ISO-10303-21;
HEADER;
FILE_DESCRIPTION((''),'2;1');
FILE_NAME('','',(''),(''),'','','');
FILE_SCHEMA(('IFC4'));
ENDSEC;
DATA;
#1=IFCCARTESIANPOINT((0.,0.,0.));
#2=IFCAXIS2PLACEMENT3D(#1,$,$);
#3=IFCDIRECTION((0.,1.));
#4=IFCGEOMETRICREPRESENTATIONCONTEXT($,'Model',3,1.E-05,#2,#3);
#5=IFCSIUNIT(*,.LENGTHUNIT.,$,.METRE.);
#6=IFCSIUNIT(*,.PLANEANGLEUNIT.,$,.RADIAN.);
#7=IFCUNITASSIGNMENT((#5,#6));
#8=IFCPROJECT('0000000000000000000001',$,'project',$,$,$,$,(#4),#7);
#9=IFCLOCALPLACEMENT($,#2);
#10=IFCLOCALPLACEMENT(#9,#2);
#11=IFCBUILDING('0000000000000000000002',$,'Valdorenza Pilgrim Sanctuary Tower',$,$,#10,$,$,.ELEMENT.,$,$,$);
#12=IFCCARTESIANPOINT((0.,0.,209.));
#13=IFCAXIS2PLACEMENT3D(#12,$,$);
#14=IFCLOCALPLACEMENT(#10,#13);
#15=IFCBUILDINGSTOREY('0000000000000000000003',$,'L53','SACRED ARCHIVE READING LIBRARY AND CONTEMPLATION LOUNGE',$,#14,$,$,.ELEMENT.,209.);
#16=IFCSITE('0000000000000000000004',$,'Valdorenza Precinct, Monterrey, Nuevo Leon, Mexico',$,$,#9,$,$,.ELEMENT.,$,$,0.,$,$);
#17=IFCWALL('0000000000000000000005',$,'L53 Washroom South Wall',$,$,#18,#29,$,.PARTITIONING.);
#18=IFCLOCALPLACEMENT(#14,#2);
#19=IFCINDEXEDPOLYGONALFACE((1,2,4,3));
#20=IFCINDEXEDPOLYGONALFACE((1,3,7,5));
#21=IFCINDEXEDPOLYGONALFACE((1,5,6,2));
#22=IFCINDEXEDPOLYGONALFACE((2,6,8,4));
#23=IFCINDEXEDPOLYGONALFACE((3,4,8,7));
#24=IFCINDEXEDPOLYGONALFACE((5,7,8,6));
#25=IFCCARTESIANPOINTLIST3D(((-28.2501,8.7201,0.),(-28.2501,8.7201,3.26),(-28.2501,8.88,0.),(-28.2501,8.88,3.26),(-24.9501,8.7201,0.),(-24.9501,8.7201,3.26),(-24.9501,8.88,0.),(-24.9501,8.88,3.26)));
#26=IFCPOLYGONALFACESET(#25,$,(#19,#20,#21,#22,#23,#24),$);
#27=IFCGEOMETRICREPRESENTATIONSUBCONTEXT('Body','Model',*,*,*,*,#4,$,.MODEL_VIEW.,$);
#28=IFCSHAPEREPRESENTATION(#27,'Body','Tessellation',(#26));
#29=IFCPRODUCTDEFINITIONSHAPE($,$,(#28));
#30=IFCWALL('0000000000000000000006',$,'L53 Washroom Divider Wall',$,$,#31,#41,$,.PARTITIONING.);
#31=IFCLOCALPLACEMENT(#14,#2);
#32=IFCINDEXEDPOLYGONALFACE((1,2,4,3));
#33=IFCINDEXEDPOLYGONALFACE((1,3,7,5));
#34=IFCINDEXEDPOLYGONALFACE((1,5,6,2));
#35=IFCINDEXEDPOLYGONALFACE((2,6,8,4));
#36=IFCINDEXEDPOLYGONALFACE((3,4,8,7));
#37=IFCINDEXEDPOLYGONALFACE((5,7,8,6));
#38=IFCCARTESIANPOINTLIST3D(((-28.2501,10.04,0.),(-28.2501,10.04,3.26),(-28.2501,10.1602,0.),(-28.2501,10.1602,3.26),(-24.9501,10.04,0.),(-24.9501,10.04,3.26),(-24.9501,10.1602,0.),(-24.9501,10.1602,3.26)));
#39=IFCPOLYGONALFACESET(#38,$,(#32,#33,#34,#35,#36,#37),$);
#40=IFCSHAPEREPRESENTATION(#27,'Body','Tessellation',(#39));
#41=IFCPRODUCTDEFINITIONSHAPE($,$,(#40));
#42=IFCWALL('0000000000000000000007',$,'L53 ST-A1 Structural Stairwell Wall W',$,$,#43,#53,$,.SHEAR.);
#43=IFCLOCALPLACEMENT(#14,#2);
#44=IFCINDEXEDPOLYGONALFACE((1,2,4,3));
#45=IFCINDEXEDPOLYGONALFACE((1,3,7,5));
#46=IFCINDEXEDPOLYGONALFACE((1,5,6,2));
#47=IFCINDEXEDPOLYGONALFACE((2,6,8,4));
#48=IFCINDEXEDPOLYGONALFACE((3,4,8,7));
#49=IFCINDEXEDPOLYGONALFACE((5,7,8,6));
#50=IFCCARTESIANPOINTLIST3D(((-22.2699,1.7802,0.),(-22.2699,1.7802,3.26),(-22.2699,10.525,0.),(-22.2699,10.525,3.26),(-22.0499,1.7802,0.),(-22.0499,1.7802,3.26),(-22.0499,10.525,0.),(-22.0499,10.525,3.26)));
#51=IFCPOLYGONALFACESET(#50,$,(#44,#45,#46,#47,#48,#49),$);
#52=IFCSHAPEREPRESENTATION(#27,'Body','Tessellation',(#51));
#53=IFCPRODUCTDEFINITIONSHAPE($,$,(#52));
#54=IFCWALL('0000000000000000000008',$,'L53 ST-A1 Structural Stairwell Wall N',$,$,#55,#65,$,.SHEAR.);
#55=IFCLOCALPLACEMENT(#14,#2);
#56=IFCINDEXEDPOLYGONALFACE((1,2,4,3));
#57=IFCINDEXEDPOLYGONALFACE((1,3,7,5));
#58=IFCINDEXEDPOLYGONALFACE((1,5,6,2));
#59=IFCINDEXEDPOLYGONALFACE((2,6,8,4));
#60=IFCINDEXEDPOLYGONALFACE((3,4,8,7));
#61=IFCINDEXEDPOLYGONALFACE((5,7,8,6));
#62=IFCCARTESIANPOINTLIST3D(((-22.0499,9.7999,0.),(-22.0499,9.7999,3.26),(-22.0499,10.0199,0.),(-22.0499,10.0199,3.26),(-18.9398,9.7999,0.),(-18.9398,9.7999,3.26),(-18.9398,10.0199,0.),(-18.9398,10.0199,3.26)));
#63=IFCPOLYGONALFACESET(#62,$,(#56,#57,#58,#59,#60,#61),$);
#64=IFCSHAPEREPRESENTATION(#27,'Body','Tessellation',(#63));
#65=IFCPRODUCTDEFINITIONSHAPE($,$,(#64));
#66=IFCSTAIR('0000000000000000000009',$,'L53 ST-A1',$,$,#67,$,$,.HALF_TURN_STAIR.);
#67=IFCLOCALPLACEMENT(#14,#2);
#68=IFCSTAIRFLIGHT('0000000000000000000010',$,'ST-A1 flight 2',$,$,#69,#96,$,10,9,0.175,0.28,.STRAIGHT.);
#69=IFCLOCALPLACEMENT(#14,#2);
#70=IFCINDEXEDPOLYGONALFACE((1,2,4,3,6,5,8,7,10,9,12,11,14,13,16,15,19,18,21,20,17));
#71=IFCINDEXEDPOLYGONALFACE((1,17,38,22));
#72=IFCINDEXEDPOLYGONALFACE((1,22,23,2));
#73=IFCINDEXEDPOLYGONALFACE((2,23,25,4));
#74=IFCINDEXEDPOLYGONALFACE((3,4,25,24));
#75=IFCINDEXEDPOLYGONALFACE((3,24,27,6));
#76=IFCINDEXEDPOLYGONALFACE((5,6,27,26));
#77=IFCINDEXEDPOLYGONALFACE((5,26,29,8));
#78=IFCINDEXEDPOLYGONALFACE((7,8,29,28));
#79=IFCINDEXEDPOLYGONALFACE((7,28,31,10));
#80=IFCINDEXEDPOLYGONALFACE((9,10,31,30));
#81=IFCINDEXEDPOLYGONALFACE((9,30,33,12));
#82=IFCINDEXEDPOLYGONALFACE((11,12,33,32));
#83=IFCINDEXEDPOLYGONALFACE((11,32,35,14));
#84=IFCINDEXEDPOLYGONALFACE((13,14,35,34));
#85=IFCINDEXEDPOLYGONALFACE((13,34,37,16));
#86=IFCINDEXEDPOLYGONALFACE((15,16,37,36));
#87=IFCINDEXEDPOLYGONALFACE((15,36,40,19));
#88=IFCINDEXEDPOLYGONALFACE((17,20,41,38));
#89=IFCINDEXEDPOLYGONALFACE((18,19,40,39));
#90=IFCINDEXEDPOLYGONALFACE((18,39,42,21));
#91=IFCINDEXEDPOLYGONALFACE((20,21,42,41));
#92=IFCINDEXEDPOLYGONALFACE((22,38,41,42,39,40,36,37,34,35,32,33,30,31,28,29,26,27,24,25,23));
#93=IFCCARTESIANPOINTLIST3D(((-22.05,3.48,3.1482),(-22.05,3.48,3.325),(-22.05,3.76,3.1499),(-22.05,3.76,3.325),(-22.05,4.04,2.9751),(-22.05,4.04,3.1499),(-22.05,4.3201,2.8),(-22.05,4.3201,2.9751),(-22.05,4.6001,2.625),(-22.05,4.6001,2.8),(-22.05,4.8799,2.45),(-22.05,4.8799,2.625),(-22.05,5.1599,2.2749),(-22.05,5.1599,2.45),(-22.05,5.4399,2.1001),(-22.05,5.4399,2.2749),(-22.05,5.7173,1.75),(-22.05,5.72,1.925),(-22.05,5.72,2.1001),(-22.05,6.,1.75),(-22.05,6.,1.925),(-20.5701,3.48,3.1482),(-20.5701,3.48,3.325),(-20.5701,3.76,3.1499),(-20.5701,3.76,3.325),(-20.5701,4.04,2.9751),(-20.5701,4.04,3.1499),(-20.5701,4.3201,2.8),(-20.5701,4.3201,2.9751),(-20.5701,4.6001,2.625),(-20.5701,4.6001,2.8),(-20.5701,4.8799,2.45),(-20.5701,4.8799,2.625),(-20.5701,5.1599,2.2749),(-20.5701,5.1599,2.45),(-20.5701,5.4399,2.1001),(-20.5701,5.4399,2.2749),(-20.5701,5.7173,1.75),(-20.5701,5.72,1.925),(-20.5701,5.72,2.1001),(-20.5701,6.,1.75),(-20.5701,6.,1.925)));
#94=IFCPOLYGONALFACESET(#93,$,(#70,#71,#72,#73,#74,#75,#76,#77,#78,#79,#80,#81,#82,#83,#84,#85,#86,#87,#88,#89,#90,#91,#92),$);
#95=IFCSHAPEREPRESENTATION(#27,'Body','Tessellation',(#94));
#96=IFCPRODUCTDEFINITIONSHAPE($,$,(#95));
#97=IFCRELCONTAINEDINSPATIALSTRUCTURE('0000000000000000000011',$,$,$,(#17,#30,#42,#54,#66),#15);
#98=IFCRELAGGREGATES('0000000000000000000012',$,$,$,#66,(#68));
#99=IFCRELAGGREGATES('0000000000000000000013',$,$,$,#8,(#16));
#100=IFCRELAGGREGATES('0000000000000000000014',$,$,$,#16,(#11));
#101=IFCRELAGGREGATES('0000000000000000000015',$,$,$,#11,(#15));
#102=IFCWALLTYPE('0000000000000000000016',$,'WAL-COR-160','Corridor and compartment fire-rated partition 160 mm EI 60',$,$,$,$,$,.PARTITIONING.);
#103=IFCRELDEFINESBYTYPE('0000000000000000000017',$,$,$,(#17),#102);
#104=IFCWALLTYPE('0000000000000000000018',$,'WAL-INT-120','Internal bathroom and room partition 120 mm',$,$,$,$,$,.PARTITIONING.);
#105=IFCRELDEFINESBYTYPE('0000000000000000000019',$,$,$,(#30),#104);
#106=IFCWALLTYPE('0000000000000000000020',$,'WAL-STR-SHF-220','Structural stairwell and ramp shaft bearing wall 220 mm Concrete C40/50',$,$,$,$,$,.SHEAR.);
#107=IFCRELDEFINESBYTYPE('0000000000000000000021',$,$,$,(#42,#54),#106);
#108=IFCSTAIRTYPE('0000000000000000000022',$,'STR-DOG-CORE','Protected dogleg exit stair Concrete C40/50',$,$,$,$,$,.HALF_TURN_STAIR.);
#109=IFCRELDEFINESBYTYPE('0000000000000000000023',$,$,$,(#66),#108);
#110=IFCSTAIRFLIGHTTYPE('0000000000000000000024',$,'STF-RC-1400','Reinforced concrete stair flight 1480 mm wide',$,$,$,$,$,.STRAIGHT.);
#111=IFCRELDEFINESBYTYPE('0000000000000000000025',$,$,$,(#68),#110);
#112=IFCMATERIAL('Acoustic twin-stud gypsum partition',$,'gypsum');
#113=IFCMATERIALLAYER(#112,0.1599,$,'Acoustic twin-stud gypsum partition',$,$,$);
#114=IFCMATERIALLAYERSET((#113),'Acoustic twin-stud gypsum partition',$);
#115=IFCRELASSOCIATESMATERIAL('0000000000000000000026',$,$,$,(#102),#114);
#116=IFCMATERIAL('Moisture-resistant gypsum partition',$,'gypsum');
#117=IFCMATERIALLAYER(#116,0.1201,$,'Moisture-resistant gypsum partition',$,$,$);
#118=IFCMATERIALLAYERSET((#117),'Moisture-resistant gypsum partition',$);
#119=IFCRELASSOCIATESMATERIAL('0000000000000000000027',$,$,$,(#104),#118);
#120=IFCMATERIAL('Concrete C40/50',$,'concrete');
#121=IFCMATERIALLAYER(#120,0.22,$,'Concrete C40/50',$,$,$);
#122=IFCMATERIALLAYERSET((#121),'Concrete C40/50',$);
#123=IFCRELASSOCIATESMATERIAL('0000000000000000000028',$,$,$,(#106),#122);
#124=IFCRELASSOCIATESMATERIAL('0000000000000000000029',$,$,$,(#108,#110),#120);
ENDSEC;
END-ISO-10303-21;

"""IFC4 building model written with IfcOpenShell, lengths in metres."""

from ifc_helpers import new_model, si_unit, direction, frame, frame_2d, origin, place, context, subcontext, project, spatial, polyline, rectangle, outline, extrude, material, layer, layer_set, type_object, element, aggregate, save


model = new_model("IFC4")

# Units and contexts
model_context = context("Model", 3, precision=1e-05, world=origin(), true_north=direction((0.0, 1.0)))
body_context = subcontext(model_context, "Body", "Model", "MODEL_VIEW")
ifc_project = project(units=[si_unit("LENGTHUNIT", "METRE"), si_unit("PLANEANGLEUNIT", "RADIAN")], contexts=[model_context])

# Site, building, storey
site_placement = place(None, origin())
site = spatial("IfcSite", under=ifc_project, at=site_placement, Name="Valdorenza Precinct, Monterrey, Nuevo Leon, Mexico", CompositionType="ELEMENT", RefElevation=0.0)
building_placement = place(site_placement, origin())
building = spatial("IfcBuilding", under=site, at=building_placement, Name="Valdorenza Pilgrim Sanctuary Tower", CompositionType="ELEMENT")
storey_placement = place(building_placement, frame((0.0, 0.0, 209.0)))
storey = spatial("IfcBuildingStorey", under=building, at=storey_placement, Name="L53", Description="SACRED ARCHIVE READING LIBRARY AND CONTEMPLATION LOUNGE", CompositionType="ELEMENT", Elevation=209.0)

# Shared definitions
ifc_material_1 = material(Name="Acoustic twin-stud gypsum partition", Category="gypsum")
ifc_layer_1 = layer(ifc_material_1, 0.1599, Name="Acoustic twin-stud gypsum partition")
ifc_layer_set_1 = layer_set([ifc_layer_1], Name="Acoustic twin-stud gypsum partition")
wall_type_1 = type_object("IfcWallType", Name="WAL-COR-160", Description="Corridor and compartment fire-rated partition 160 mm EI 60", PredefinedType="PARTITIONING", material=ifc_layer_set_1)

# Walls
wall_1_placement = place(storey_placement, frame((-28.25, 8.8, 0.0), z_axis=(0.0, 0.0, 1.0), x_axis=(1.0, 0.0, 0.0)))
element("IfcWall", 1, at=wall_1_placement, inside=storey, type_object=wall_type_1, Name="L53 Washroom South Wall", PredefinedType="PARTITIONING", context=body_context, shape_type="SweptSolid", body=[
    extrude(rectangle(XDim=3.3, YDim=0.1599, at=frame_2d((1.6499, 0.0))), origin(), (0.0, 0.0, 1.0), 3.26),
])
ifc_material_2 = material(Name="Moisture-resistant gypsum partition", Category="gypsum")
ifc_layer_2 = layer(ifc_material_2, 0.1201, Name="Moisture-resistant gypsum partition")
ifc_layer_set_2 = layer_set([ifc_layer_2], Name="Moisture-resistant gypsum partition")
wall_type_2 = type_object("IfcWallType", Name="WAL-INT-120", Description="Internal bathroom and room partition 120 mm", PredefinedType="PARTITIONING", material=ifc_layer_set_2)
wall_2_placement = place(storey_placement, frame((-28.25, 10.1001, 0.0), z_axis=(0.0, 0.0, 1.0), x_axis=(1.0, 0.0, 0.0)))
element("IfcWall", 2, at=wall_2_placement, inside=storey, type_object=wall_type_2, Name="L53 Washroom Divider Wall", PredefinedType="PARTITIONING", context=body_context, shape_type="SweptSolid", body=[
    extrude(rectangle(XDim=3.3, YDim=0.1201, at=frame_2d((1.6499, 0.0))), origin(), (0.0, 0.0, 1.0), 3.26),
])
ifc_material_3 = material(Name="Concrete C40/50", Category="concrete")
ifc_layer_3 = layer(ifc_material_3, 0.22, Name="Concrete C40/50")
ifc_layer_set_3 = layer_set([ifc_layer_3], Name="Concrete C40/50")
wall_type_3 = type_object("IfcWallType", Name="WAL-STR-SHF-220", Description="Structural stairwell and ramp shaft bearing wall 220 mm Concrete C40/50", PredefinedType="SHEAR", material=ifc_layer_set_3)
wall_3_placement = place(storey_placement, frame((-22.1599, 1.78, 0.0), z_axis=(0.0, 0.0, 1.0), x_axis=(0.0, 1.0, 0.0)))
element("IfcWall", 3, at=wall_3_placement, inside=storey, type_object=wall_type_3, Name="L53 ST-A1 Structural Stairwell Wall W", PredefinedType="SHEAR", context=body_context, shape_type="SweptSolid", body=[
    extrude(rectangle(XDim=8.7449, YDim=0.22, at=frame_2d((4.3726, 0.0))), origin(), (0.0, 0.0, 1.0), 3.26),
])

# Wall
wall_4_placement = place(storey_placement, frame((-22.05, 9.9099, 0.0), z_axis=(0.0, 0.0, 1.0), x_axis=(1.0, 0.0, 0.0)))
element("IfcWall", 4, at=wall_4_placement, inside=storey, type_object=wall_type_3, Name="L53 ST-A1 Structural Stairwell Wall N", PredefinedType="SHEAR", context=body_context, shape_type="SweptSolid", body=[
    extrude(rectangle(XDim=3.1101, YDim=0.22, at=frame_2d((1.5552, 0.0))), origin(), (0.0, 0.0, 1.0), 3.26),
])

# Stair, stair flight
stair_type = type_object("IfcStairType", Name="STR-DOG-CORE", Description="Protected dogleg exit stair Concrete C40/50", PredefinedType="HALF_TURN_STAIR", material=ifc_material_3)
stair_placement = place(storey_placement, origin())
stair = element("IfcStair", 5, at=stair_placement, inside=storey, type_object=stair_type, Name="L53 ST-A1", PredefinedType="HALF_TURN_STAIR")
stair_flight_type = type_object("IfcStairFlightType", Name="STF-RC-1400", Description="Reinforced concrete stair flight 1480 mm wide", PredefinedType="STRAIGHT", material=ifc_material_3)
stair_flight_placement = place(storey_placement, frame((-21.3101, 6.0, 1.75), z_axis=(0.0, 0.0, 1.0), x_axis=(0.0, -1.0, 0.0)))
stair_flight = element("IfcStairFlight", 6, at=stair_flight_placement, type_object=stair_flight_type, Name="ST-A1 flight 2", NumberOfRisers=10, NumberOfTreads=9, PredefinedType="STRAIGHT", RiserHeight=0.175, TreadLength=0.28, context=body_context, shape_type="SweptSolid", body=[
    extrude(outline(polyline([(0.0, 0.0), (0.0, 0.175), (0.28, 0.175), (0.28, 0.3501), (0.5601, 0.3501), (0.5601, 0.5249), (0.8401, 0.5249), (0.8401, 0.7), (1.1201, 0.7), (1.1201, 0.875), (1.3999, 0.875), (1.3999, 1.05), (1.6799, 1.05), (1.6799, 1.2251), (1.96, 1.2251), (1.96, 1.3999), (2.24, 1.3999), (2.24, 1.575), (2.52, 1.575), (2.52, 1.75), (2.52, 1.3982), (0.2827, 0.0), (0.0, 0.0)])), frame((0.0, 0.74, 0.0), z_axis=(0.0, -1.0, 0.0), x_axis=(1.0, 0.0, 0.0)), (0.0, 0.0, 1.0), 1.48),
])
aggregate(stair, [stair_flight])

save(model, "model.ifc")
